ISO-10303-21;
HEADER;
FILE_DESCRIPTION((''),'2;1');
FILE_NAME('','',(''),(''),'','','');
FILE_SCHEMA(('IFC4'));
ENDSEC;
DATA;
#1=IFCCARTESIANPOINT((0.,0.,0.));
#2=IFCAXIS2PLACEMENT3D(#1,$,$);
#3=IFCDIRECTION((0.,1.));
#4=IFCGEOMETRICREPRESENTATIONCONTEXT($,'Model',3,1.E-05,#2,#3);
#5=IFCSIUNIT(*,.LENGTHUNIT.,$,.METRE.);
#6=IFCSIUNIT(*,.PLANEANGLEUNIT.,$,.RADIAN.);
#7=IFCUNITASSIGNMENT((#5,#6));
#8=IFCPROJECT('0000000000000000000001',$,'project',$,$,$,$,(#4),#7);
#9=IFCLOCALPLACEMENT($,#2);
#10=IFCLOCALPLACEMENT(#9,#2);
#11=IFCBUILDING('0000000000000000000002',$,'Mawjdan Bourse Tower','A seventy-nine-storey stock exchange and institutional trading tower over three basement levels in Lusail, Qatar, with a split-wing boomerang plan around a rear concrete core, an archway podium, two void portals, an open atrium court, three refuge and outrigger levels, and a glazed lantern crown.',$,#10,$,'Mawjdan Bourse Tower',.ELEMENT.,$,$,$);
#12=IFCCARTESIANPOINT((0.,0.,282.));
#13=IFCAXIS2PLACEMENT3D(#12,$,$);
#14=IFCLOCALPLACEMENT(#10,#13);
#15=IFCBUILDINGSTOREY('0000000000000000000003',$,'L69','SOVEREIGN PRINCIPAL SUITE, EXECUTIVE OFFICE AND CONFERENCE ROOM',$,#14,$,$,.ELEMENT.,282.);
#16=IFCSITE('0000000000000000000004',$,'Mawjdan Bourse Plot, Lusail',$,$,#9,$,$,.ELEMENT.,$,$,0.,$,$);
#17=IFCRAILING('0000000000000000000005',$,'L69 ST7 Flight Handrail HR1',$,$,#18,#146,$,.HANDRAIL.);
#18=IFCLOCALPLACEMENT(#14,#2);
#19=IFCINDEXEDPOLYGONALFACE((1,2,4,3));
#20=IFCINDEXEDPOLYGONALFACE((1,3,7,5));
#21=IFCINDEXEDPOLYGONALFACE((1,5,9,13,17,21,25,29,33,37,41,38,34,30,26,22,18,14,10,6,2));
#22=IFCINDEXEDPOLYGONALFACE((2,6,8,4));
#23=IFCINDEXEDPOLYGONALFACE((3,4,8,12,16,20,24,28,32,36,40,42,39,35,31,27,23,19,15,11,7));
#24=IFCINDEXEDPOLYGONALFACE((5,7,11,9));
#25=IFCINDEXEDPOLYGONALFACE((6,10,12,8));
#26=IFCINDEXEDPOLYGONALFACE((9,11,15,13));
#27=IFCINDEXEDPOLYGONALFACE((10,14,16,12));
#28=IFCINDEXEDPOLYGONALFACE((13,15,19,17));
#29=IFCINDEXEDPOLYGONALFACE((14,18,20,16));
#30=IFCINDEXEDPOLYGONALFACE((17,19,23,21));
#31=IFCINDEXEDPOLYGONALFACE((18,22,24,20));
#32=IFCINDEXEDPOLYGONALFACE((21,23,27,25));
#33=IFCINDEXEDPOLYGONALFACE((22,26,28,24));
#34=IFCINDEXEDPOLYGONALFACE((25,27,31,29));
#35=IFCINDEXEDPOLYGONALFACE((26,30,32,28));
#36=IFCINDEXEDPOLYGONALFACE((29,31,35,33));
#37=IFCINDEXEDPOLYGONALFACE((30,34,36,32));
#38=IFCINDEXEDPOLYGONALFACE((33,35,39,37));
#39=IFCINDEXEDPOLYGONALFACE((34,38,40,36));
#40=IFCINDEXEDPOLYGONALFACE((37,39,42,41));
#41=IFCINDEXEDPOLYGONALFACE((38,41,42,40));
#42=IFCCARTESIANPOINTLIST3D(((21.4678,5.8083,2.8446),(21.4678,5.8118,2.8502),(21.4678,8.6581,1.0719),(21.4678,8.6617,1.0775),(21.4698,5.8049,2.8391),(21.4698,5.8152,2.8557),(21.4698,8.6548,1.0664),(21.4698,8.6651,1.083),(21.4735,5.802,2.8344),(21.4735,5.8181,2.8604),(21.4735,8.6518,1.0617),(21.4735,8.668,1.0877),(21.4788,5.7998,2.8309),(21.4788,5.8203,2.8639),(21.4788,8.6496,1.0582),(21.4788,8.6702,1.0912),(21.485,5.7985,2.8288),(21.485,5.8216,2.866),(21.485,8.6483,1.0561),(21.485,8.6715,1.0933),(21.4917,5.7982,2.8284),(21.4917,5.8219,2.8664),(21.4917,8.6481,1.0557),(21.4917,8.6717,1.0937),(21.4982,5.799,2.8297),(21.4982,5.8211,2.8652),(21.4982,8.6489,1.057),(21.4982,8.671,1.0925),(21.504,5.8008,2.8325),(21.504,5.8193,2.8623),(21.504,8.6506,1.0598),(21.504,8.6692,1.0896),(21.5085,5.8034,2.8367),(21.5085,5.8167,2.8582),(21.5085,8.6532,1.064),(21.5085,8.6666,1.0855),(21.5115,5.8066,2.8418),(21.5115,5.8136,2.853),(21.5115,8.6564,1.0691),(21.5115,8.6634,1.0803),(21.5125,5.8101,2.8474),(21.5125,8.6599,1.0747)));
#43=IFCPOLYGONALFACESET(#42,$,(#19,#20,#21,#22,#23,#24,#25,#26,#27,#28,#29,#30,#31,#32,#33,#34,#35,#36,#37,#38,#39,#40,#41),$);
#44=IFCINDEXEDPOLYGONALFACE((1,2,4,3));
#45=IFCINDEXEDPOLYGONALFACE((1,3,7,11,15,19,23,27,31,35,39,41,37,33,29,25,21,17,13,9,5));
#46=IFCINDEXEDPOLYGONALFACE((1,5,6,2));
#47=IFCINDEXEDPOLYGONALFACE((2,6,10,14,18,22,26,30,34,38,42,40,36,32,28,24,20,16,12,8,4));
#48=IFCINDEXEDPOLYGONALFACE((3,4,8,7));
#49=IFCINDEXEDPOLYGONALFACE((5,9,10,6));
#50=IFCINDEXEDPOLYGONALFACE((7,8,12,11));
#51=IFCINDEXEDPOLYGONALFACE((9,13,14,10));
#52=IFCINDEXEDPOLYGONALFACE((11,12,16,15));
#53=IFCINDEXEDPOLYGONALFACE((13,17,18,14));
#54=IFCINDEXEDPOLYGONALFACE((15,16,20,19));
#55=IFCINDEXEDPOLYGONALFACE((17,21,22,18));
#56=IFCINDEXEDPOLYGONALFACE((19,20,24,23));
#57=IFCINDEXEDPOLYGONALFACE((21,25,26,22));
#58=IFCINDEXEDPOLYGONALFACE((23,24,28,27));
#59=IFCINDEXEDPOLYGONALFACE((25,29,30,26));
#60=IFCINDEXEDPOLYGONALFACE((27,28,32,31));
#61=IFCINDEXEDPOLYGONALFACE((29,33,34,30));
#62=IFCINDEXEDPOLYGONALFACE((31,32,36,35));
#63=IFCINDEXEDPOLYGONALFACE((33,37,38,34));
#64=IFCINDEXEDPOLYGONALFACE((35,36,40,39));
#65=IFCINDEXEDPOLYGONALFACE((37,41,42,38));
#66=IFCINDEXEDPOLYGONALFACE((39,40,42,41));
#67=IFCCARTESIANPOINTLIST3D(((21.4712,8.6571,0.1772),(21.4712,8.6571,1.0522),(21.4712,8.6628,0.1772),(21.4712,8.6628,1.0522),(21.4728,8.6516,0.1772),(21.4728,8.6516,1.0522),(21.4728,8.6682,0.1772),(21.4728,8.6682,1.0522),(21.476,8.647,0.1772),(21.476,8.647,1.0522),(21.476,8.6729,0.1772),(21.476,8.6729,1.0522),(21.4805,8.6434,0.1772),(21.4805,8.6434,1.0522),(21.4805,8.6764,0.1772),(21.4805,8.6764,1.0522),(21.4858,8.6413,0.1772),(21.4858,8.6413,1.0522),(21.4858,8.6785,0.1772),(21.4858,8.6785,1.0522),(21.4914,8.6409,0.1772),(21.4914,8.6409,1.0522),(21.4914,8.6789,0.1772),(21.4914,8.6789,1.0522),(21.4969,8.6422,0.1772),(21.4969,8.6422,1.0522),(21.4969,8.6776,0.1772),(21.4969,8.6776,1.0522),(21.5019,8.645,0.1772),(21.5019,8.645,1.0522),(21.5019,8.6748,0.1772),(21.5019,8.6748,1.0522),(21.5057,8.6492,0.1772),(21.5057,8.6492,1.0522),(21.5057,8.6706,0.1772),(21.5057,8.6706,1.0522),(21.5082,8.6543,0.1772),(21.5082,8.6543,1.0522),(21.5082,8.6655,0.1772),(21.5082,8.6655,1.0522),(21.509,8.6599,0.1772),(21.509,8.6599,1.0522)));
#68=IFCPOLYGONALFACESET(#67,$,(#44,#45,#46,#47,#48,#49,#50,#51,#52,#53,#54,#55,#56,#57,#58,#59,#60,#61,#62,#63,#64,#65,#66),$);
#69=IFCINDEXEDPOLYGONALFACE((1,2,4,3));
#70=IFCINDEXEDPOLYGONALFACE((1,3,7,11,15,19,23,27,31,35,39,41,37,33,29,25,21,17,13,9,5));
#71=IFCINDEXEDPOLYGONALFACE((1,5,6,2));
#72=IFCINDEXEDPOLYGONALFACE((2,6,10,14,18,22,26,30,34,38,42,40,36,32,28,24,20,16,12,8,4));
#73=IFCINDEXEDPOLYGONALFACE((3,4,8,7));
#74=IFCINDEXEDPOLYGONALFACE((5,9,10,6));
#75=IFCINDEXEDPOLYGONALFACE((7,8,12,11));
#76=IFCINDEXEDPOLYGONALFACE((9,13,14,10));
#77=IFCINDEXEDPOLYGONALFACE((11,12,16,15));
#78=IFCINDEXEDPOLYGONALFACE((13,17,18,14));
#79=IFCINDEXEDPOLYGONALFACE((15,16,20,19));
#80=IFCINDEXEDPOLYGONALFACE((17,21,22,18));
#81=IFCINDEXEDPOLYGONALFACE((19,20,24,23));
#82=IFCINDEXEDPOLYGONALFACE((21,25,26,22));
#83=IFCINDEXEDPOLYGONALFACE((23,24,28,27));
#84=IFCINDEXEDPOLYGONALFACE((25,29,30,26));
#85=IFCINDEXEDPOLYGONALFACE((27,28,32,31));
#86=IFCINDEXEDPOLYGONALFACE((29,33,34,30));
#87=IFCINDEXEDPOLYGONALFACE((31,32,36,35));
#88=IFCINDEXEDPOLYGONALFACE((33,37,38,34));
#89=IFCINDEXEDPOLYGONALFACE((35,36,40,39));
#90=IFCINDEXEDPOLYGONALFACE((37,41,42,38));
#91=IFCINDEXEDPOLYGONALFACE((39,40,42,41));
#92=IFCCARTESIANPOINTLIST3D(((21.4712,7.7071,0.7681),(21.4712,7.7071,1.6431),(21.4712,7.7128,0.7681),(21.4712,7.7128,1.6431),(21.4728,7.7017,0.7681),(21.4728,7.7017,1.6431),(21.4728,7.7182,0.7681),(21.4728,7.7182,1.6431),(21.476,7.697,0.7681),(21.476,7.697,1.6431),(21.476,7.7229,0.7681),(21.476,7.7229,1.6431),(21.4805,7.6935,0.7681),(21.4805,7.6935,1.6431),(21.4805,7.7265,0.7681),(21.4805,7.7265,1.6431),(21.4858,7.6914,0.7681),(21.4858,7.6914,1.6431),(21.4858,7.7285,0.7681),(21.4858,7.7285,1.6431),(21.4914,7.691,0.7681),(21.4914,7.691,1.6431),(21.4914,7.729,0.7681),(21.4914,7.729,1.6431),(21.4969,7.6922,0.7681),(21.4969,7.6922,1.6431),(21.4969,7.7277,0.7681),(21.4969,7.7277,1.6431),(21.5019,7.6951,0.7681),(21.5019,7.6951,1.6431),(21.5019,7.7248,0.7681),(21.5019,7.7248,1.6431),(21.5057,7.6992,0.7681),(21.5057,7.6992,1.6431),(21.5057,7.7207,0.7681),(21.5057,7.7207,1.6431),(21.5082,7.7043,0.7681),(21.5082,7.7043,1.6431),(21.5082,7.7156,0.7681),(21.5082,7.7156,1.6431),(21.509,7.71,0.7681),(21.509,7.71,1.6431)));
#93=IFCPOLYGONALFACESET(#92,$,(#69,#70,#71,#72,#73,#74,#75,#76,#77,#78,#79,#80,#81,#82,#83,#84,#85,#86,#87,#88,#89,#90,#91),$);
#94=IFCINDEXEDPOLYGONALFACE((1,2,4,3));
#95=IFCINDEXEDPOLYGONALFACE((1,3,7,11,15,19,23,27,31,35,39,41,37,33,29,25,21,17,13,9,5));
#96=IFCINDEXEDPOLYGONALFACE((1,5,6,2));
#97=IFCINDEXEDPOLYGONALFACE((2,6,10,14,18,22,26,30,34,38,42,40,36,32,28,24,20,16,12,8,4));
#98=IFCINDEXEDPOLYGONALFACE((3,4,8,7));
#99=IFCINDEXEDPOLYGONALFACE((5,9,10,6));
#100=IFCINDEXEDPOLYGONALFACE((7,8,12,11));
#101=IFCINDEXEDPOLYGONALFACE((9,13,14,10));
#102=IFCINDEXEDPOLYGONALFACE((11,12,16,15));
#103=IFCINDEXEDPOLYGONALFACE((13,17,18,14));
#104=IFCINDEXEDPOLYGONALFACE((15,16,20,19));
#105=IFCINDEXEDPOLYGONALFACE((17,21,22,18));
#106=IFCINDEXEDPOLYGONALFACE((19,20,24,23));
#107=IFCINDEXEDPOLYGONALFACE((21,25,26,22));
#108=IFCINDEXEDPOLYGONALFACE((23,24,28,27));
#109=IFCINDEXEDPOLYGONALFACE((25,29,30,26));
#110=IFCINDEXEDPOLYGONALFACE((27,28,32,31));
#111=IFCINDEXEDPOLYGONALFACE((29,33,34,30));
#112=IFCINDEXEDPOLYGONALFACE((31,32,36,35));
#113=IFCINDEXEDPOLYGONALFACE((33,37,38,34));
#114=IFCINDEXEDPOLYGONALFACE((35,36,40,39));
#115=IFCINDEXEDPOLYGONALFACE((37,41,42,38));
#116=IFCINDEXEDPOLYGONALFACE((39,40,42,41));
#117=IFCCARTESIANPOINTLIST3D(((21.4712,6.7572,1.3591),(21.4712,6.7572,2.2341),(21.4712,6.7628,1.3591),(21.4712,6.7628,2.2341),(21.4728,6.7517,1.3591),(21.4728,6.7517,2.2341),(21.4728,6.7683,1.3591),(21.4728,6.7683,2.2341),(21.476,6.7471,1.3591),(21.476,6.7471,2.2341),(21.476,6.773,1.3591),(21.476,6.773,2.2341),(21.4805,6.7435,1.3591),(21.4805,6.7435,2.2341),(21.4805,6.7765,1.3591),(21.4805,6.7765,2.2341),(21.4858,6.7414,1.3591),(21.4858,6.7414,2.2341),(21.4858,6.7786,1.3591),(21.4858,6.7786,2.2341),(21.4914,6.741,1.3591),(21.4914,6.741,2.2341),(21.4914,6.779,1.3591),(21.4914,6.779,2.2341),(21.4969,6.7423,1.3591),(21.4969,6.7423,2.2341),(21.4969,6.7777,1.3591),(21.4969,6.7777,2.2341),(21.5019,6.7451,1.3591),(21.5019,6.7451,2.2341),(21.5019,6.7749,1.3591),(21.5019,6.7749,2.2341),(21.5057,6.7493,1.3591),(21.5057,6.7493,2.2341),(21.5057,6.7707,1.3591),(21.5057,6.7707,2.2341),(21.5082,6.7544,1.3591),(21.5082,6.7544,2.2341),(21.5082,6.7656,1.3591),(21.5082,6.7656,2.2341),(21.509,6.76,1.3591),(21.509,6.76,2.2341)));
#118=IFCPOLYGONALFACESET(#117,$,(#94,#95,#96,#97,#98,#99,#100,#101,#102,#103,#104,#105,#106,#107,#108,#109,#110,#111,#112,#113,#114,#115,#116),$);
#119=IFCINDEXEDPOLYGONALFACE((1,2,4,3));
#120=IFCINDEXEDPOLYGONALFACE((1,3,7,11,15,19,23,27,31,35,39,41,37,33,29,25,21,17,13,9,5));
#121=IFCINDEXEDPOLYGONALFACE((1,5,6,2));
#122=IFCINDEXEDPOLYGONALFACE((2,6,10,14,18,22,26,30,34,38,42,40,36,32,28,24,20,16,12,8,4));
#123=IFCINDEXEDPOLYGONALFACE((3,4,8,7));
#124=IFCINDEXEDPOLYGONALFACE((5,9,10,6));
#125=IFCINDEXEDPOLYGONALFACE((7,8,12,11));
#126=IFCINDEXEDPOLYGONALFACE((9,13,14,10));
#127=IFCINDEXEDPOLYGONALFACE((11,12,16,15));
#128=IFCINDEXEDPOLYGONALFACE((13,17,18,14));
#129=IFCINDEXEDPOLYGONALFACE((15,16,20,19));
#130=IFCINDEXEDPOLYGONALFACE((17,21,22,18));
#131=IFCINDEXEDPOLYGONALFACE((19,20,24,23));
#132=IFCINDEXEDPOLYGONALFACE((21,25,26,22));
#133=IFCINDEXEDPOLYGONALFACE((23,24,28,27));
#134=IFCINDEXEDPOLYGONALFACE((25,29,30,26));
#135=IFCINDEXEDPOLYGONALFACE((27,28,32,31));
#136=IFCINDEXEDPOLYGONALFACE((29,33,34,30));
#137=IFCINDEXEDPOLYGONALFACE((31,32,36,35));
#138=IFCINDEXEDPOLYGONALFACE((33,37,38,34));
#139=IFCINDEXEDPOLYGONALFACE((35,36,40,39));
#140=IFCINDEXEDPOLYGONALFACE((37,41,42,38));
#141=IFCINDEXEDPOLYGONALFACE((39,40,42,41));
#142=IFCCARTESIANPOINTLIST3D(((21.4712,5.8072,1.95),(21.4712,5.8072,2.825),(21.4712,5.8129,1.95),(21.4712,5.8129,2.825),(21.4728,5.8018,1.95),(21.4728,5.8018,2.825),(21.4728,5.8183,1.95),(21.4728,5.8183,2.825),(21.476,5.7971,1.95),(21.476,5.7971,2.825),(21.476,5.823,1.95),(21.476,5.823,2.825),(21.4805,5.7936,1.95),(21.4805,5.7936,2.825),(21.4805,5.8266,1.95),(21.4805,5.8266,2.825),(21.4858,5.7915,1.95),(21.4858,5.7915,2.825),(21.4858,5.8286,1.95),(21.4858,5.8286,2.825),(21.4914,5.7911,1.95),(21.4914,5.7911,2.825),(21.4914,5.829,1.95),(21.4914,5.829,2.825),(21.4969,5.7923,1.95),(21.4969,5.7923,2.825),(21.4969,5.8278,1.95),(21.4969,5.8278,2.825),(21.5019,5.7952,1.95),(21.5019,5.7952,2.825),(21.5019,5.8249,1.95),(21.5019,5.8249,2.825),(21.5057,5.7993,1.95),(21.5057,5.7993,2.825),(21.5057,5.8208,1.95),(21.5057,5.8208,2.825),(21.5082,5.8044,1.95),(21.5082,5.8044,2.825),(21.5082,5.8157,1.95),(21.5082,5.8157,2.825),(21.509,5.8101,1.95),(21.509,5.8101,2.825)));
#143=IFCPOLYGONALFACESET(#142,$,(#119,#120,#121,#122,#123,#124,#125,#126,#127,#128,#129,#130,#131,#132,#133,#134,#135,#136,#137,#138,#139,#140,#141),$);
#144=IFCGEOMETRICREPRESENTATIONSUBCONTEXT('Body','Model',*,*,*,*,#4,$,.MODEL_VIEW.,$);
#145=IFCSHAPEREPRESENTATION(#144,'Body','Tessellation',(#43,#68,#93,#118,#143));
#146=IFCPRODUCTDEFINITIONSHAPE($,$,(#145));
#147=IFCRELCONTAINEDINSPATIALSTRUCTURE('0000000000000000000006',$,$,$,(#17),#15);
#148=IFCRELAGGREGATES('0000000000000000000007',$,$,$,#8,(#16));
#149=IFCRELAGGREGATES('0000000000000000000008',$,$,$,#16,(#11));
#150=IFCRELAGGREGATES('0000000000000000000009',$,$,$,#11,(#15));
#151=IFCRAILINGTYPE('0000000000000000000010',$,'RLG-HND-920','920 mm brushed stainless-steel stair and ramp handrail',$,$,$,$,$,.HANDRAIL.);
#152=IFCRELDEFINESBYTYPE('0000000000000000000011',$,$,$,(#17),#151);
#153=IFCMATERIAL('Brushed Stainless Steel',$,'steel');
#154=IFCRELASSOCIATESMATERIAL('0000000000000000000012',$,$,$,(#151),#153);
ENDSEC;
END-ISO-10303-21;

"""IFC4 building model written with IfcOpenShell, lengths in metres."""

from ifc_helpers import new_model, si_unit, direction, frame, origin, origin_2d, place, context, subcontext, project, spatial, circle, extrude, material, type_object, element, save


model = new_model("IFC4")

# Units and contexts
model_context = context("Model", 3, precision=1e-05, world=origin(), true_north=direction((0.0, 1.0)))
body_context = subcontext(model_context, "Body", "Model", "MODEL_VIEW")
ifc_project = project(units=[si_unit("LENGTHUNIT", "METRE"), si_unit("PLANEANGLEUNIT", "RADIAN")], contexts=[model_context])

# Site, building, storey
site_placement = place(None, origin())
site = spatial("IfcSite", under=ifc_project, at=site_placement, Name="Mawjdan Bourse Plot, Lusail", CompositionType="ELEMENT", RefElevation=0.0)
building_placement = place(site_placement, origin())
building = spatial("IfcBuilding", under=site, at=building_placement, Name="Mawjdan Bourse Tower", Description="A seventy-nine-storey stock exchange and institutional trading tower over three basement levels in Lusail, Qatar, with a split-wing boomerang plan around a rear concrete core, an archway podium, two void portals, an open atrium court, three refuge and outrigger levels, and a glazed lantern crown.", LongName="Mawjdan Bourse Tower", CompositionType="ELEMENT")
storey_placement = place(building_placement, frame((0.0, 0.0, 282.0)))
storey = spatial("IfcBuildingStorey", under=building, at=storey_placement, Name="L69", Description="SOVEREIGN PRINCIPAL SUITE, EXECUTIVE OFFICE AND CONFERENCE ROOM", CompositionType="ELEMENT", Elevation=282.0)

# Railing
ifc_material_1 = material(Name="Brushed Stainless Steel", Category="steel")
railing_type_1 = type_object("IfcRailingType", Name="RLG-HND-920", Description="920 mm brushed stainless-steel stair and ramp handrail", PredefinedType="HANDRAIL", material=ifc_material_1)
railing_1_placement = place(storey_placement, frame((21.49, 8.6599, 0.1772)))
element("IfcRailing", 1, at=railing_1_placement, inside=storey, type_object=railing_type_1, Name="L69 ST7 Flight Handrail HR1", PredefinedType="HANDRAIL", context=body_context, shape_type="SweptSolid", body=[
    extrude(circle(Radius=0.0225, at=origin_2d()), frame((0.0, 0.0, 0.8975), z_axis=(0.0, -0.849128, 0.528187), x_axis=(1.0, 0.0, 0.0)), (0.0, 0.0, 1.0), 3.3562),
    extrude(circle(Radius=0.019, at=origin_2d()), origin(), (0.0, 0.0, 1.0), 0.875),
    extrude(circle(Radius=0.019, at=origin_2d()), frame((0.0, -0.95, 0.5908)), (0.0, 0.0, 1.0), 0.875),
    extrude(circle(Radius=0.019, at=origin_2d()), frame((0.0, -1.8999, 1.1819)), (0.0, 0.0, 1.0), 0.875),
    extrude(circle(Radius=0.019, at=origin_2d()), frame((0.0, -2.8499, 1.7727)), (0.0, 0.0, 1.0), 0.875),
])

save(model, "model.ifc")
